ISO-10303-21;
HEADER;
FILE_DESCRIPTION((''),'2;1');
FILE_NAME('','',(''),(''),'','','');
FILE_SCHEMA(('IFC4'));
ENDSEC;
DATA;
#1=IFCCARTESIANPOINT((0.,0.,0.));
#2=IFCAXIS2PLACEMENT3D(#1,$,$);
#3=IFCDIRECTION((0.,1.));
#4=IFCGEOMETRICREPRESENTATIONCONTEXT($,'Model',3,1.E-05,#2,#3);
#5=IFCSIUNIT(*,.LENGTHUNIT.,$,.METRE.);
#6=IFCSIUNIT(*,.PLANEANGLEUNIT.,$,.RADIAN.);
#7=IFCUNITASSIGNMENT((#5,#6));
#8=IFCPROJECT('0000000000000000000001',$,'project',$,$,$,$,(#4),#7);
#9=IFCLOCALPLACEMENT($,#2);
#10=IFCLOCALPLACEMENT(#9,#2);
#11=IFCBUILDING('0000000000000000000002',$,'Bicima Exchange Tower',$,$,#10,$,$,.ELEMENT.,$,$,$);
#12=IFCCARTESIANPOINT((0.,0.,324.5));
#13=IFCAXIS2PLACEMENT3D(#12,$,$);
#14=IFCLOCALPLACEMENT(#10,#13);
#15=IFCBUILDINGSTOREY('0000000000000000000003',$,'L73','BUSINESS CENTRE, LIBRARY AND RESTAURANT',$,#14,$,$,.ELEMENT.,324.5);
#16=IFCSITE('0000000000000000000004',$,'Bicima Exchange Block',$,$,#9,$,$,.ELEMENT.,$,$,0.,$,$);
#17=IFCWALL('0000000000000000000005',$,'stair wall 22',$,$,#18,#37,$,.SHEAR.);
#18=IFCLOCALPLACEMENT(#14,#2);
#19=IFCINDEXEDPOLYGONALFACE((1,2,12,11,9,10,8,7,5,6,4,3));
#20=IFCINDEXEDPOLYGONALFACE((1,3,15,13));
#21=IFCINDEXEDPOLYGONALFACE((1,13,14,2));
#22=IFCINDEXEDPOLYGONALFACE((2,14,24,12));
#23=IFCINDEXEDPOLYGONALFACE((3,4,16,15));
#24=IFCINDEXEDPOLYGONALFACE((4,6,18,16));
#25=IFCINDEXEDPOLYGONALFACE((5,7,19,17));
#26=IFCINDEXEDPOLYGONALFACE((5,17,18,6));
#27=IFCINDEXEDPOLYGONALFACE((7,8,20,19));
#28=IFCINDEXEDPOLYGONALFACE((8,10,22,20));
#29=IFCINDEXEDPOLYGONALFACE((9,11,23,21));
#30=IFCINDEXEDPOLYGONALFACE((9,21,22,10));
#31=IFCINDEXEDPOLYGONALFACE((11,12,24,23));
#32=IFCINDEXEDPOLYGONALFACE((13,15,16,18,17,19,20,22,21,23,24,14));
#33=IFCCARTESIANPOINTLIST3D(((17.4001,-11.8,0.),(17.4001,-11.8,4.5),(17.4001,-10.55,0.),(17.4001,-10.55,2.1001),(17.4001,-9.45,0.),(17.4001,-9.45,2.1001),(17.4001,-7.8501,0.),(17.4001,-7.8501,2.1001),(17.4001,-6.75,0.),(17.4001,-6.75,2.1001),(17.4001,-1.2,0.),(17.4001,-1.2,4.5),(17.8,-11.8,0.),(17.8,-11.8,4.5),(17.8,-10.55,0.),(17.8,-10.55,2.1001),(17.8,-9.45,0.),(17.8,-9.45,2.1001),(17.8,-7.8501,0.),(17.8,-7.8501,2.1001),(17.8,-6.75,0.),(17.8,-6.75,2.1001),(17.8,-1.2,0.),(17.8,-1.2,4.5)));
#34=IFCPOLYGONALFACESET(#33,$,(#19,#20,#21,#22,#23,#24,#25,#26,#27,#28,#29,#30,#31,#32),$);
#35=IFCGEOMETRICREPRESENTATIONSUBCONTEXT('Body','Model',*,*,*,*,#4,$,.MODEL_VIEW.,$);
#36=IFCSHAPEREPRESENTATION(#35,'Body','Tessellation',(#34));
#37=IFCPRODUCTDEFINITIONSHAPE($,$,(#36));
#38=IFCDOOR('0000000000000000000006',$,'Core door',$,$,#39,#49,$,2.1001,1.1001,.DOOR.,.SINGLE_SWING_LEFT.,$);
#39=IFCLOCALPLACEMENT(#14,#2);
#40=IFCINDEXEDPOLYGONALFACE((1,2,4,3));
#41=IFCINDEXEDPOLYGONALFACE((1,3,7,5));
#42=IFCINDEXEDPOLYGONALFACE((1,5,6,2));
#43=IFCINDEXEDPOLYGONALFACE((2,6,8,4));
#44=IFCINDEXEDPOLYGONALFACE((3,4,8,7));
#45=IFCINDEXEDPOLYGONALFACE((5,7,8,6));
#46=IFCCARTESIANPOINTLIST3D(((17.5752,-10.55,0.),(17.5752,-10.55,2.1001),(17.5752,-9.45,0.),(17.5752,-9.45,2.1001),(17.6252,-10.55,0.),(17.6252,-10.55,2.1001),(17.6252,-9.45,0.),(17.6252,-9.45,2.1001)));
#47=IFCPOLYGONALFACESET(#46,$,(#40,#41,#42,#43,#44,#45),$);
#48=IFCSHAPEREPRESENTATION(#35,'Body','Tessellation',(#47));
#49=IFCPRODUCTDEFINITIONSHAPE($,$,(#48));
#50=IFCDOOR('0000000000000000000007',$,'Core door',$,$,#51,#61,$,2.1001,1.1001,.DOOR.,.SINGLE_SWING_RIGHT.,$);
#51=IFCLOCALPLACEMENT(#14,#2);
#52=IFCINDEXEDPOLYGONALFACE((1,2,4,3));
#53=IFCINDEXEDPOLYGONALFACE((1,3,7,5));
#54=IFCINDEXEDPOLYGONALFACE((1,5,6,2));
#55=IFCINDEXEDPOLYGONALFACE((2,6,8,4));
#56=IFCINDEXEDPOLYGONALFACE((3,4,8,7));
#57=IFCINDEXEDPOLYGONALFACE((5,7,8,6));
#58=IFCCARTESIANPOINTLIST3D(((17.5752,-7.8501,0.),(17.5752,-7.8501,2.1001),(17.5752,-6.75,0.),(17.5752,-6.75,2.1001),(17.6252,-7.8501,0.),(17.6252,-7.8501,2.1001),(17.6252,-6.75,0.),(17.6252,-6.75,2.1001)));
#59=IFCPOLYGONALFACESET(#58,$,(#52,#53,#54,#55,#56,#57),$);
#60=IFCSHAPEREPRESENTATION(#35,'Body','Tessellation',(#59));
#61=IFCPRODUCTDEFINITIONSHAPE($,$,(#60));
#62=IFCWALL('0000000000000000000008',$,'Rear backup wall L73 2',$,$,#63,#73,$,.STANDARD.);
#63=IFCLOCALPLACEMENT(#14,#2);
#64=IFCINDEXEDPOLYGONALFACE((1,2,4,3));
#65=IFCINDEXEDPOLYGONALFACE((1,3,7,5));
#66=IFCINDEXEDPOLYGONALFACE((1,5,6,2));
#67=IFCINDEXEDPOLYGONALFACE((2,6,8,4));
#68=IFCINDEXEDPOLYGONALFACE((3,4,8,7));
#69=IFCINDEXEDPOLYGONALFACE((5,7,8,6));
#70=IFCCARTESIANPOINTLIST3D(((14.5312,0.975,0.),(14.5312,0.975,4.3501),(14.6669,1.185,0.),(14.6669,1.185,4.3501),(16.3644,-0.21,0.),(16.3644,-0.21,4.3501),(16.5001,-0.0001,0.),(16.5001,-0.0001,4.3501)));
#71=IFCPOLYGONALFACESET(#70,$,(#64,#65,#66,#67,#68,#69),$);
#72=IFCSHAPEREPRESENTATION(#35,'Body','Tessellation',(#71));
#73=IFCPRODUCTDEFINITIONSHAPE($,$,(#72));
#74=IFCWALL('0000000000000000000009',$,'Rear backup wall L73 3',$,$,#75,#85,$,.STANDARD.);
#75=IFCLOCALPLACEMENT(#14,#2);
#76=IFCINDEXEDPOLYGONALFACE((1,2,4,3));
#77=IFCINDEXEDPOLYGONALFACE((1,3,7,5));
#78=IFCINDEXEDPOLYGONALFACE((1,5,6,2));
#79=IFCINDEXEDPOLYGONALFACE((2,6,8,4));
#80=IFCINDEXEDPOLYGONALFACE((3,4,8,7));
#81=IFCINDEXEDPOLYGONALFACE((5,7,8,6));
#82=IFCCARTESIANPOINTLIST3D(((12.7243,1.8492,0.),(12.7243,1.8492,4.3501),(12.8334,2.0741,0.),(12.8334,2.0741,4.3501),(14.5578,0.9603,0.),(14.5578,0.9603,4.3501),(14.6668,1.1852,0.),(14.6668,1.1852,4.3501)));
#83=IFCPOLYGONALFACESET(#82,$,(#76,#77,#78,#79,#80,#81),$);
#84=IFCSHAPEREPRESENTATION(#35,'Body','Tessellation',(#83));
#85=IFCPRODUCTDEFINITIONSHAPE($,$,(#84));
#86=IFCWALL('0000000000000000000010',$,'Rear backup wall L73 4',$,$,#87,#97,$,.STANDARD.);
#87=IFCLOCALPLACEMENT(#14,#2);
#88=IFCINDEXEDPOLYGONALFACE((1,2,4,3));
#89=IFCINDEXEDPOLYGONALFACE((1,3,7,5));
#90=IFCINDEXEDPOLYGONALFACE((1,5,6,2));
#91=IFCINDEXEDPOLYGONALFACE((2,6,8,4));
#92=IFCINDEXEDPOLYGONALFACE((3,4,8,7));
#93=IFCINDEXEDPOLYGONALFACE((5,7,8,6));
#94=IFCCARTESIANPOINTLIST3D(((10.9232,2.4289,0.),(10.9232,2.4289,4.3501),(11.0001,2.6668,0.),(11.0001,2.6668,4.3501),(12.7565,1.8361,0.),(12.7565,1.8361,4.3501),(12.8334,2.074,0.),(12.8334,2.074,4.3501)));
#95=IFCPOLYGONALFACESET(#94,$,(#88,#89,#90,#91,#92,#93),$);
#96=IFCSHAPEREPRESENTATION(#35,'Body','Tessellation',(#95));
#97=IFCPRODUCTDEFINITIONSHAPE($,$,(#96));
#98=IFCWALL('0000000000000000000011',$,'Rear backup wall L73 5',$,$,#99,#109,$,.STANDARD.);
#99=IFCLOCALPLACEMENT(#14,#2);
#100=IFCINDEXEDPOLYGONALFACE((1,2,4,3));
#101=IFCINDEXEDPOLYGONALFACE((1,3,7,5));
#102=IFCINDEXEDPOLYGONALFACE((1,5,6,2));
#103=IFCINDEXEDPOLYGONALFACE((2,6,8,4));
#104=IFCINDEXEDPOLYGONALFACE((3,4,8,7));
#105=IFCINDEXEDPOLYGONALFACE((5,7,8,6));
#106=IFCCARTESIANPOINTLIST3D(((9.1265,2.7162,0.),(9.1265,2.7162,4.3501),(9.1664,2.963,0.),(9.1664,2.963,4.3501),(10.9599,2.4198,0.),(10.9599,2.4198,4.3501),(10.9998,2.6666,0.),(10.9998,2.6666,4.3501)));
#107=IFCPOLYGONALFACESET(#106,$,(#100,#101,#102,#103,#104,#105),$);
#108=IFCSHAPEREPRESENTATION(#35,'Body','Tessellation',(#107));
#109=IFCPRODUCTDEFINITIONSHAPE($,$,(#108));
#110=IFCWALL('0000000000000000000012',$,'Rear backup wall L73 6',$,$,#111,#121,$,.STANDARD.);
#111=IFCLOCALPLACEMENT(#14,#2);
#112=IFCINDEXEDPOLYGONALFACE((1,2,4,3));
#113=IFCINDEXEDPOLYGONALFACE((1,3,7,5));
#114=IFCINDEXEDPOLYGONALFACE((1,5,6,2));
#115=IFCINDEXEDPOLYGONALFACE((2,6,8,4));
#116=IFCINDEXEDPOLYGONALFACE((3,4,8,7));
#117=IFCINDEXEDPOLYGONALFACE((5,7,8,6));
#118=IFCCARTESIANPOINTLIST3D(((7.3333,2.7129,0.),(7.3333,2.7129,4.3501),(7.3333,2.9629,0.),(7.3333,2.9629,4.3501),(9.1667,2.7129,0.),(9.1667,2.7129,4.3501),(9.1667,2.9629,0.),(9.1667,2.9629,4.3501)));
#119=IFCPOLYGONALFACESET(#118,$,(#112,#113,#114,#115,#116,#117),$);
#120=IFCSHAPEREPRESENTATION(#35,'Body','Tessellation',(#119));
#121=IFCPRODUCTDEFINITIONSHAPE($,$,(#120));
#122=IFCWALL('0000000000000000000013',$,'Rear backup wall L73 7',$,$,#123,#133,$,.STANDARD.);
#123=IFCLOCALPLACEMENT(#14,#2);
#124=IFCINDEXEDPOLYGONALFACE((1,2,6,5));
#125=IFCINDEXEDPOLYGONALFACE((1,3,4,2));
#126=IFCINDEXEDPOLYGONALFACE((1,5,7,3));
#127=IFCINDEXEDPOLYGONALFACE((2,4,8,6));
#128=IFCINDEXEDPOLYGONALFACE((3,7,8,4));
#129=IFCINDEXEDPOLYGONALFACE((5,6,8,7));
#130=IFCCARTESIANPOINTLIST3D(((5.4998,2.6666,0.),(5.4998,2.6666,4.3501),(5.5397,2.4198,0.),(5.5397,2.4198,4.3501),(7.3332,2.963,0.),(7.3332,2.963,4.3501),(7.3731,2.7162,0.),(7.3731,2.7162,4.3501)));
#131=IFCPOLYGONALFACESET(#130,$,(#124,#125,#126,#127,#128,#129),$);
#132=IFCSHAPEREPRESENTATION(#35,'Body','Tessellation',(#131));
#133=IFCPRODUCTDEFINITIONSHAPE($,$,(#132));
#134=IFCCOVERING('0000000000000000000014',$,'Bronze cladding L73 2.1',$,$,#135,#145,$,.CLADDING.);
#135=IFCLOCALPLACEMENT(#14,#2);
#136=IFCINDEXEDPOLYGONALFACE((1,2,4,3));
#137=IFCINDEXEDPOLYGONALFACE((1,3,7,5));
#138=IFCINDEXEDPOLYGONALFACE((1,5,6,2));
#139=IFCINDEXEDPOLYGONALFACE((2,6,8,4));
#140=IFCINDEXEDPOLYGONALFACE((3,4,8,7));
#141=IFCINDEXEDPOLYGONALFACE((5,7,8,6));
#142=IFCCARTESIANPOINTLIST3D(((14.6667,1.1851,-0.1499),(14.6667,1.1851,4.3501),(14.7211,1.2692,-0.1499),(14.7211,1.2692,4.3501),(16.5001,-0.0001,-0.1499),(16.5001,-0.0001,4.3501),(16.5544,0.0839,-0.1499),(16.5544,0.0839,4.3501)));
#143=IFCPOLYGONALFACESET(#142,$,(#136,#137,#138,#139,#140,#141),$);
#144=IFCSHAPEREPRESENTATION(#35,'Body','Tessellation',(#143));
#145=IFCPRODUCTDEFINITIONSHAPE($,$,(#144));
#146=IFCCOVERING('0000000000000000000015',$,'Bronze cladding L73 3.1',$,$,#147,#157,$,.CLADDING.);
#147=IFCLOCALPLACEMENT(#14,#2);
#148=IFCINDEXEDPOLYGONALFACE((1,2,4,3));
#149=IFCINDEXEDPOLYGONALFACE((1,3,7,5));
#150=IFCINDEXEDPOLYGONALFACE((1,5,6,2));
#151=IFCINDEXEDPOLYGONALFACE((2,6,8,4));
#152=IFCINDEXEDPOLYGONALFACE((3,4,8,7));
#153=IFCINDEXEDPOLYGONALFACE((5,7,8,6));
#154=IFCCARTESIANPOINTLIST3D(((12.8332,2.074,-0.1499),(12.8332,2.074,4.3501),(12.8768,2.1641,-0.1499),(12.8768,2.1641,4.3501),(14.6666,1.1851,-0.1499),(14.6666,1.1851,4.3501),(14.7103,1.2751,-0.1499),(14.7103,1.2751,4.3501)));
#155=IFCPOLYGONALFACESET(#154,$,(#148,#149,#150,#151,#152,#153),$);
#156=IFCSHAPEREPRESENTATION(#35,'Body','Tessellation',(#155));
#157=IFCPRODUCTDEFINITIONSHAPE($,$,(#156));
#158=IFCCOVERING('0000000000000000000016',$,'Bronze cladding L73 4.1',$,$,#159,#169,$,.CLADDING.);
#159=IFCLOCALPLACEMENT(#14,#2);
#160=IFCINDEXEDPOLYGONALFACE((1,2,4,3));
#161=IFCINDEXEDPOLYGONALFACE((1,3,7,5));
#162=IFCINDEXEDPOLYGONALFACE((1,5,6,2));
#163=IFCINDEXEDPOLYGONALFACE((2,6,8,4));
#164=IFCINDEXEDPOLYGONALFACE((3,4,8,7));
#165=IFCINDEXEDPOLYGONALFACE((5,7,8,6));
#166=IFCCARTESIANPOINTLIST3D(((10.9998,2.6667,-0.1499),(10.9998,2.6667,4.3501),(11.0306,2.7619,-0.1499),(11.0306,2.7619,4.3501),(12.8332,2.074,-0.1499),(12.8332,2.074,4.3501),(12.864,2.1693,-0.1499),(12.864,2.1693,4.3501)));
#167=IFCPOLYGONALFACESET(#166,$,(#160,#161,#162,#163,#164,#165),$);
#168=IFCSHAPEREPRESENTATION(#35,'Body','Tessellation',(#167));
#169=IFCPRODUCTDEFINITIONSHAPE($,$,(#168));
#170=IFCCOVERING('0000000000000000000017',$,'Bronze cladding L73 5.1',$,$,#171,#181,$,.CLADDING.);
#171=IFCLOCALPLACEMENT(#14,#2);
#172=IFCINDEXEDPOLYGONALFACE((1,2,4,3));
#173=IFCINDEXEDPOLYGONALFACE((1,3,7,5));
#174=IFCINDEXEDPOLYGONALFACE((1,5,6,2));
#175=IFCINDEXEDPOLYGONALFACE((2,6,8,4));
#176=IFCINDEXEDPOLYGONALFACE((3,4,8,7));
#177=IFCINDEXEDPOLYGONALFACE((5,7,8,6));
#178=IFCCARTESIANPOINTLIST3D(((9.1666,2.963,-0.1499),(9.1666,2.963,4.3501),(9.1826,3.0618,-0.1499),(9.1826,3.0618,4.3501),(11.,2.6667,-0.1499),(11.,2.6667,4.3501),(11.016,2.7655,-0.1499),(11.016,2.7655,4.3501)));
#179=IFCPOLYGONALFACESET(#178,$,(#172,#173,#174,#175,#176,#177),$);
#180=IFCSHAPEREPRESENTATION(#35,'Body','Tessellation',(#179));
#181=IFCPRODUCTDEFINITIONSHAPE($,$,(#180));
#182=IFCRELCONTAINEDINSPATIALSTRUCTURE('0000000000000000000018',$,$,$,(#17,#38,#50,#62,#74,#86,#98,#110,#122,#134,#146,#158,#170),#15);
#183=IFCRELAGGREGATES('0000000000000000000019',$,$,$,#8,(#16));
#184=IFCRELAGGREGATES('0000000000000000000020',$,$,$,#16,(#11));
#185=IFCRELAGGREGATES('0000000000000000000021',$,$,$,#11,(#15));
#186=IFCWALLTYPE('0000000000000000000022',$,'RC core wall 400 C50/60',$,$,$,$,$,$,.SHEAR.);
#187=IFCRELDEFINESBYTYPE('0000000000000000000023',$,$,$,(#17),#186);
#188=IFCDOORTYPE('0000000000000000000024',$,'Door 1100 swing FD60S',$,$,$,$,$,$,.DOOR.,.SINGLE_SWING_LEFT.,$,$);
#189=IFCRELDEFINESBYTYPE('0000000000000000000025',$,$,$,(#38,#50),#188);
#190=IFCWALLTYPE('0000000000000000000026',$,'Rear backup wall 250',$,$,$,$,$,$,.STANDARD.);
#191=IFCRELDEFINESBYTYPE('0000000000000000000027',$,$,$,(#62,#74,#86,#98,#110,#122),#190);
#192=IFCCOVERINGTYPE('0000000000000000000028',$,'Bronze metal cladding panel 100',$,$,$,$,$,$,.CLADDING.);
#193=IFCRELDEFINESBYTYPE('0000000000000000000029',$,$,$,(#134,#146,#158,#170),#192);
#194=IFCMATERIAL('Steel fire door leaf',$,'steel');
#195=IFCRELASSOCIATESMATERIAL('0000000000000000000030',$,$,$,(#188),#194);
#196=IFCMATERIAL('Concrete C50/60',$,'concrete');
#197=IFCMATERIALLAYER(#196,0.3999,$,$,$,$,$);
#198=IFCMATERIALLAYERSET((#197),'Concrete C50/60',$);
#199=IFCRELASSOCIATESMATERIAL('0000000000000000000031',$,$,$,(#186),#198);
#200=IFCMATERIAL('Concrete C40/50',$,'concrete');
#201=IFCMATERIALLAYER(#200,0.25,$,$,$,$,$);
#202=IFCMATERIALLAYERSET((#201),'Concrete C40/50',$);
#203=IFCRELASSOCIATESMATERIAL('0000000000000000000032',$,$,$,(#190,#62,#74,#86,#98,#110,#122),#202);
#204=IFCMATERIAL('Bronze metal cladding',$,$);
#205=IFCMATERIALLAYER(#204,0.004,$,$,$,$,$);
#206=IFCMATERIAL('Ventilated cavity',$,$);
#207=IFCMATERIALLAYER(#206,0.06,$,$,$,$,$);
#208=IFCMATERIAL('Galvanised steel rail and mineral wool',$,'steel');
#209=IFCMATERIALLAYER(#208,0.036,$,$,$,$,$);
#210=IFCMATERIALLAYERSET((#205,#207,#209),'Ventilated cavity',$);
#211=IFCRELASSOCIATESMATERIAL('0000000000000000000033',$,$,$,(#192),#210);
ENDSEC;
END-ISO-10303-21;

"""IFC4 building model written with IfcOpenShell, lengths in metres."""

from ifc_helpers import new_model, si_unit, direction, frame, frame_2d, origin, origin_2d, place, context, subcontext, project, spatial, rectangle, extrude, material, layer, layer_set, layer_usage, type_object, element, fill, save


model = new_model("IFC4")

# Units and contexts
model_context = context("Model", 3, precision=1e-05, world=origin(), true_north=direction((0.0, 1.0)))
body_context = subcontext(model_context, "Body", "Model", "MODEL_VIEW")
ifc_project = project(units=[si_unit("LENGTHUNIT", "METRE"), si_unit("PLANEANGLEUNIT", "RADIAN")], contexts=[model_context])

# Site, building, storey
site_placement = place(None, origin())
site = spatial("IfcSite", under=ifc_project, at=site_placement, Name="Bicima Exchange Block", CompositionType="ELEMENT", RefElevation=0.0)
building_placement = place(site_placement, origin())
building = spatial("IfcBuilding", under=site, at=building_placement, Name="Bicima Exchange Tower", CompositionType="ELEMENT")
storey_placement = place(building_placement, frame((0.0, 0.0, 324.5)))
storey = spatial("IfcBuildingStorey", under=building, at=storey_placement, Name="L73", Description="BUSINESS CENTRE, LIBRARY AND RESTAURANT", CompositionType="ELEMENT", Elevation=324.5)

# Shared definitions
ifc_material_1 = material(Name="Concrete C40/50", Category="concrete")
ifc_material_2 = material(Name="Steel fire door leaf", Category="steel")
door_type = type_object("IfcDoorType", Name="Door 1100 swing FD60S", OperationType="SINGLE_SWING_LEFT", PredefinedType="DOOR", material=ifc_material_2)

# Wall, openings, doors
ifc_material_3 = material(Name="Concrete C50/60", Category="concrete")
ifc_layer_1 = layer(ifc_material_3, 0.3999)
ifc_layer_set_1 = layer_set([ifc_layer_1], Name="Concrete C50/60")
wall_type_1 = type_object("IfcWallType", Name="RC core wall 400 C50/60", PredefinedType="SHEAR", material=ifc_layer_set_1)
wall_1_placement = place(storey_placement, frame((17.6001, -11.8, 0.0), z_axis=(0.0, 0.0, 1.0), x_axis=(0.0, 1.0, 0.0)))
wall_1 = element("IfcWall", 1, at=wall_1_placement, inside=storey, type_object=wall_type_1, Name="stair wall 22", PredefinedType="SHEAR", context=body_context, shape_type="SweptSolid", body=[
    extrude(rectangle(XDim=10.6001, YDim=0.3999, at=frame_2d((5.3, 0.0))), origin(), (0.0, 0.0, 1.0), 4.5),
])
opening_1_placement = place(wall_1_placement, frame((1.25, 0.0, 0.0)))
opening_1 = element("IfcOpeningElement", 2, at=opening_1_placement, cuts=wall_1, PredefinedType="OPENING", context=body_context, shape_type="SweptSolid", body=[
    extrude(rectangle(XDim=1.1001, YDim=2.1001, at=frame_2d((0.55, 1.05))), frame((0.0, 0.2119, 0.0), z_axis=(0.0, -1.0, 0.0), x_axis=(1.0, 0.0, 0.0)), (0.0, 0.0, 1.0), 0.4238),
])
opening_2_placement = place(wall_1_placement, frame((3.95, 0.0, 0.0)))
opening_2 = element("IfcOpeningElement", 3, at=opening_2_placement, cuts=wall_1, PredefinedType="OPENING", context=body_context, shape_type="SweptSolid", body=[
    extrude(rectangle(XDim=1.1001, YDim=2.1001, at=frame_2d((0.55, 1.05))), frame((0.0, 0.2119, 0.0), z_axis=(0.0, -1.0, 0.0), x_axis=(1.0, 0.0, 0.0)), (0.0, 0.0, 1.0), 0.4238),
])
door_1_placement = place(opening_1_placement, origin())
door_1 = element("IfcDoor", 4, at=door_1_placement, inside=storey, type_object=door_type, Name="Core door", OperationType="SINGLE_SWING_LEFT", OverallHeight=2.1001, OverallWidth=1.1001, PredefinedType="DOOR", context=body_context, shape_type="SweptSolid", body=[
    extrude(rectangle(XDim=1.1001, YDim=2.1001, at=frame_2d((0.55, 1.05))), frame((0.0, 0.0249, 0.0), z_axis=(0.0, -1.0, 0.0), x_axis=(1.0, 0.0, 0.0)), (0.0, 0.0, 1.0), 0.05),
])
fill(opening_1, door_1)
door_2_placement = place(opening_2_placement, origin())
door_2 = element("IfcDoor", 5, at=door_2_placement, inside=storey, type_object=door_type, Name="Core door", OperationType="SINGLE_SWING_RIGHT", OverallHeight=2.1001, OverallWidth=1.1001, PredefinedType="DOOR", context=body_context, shape_type="SweptSolid", body=[
    extrude(rectangle(XDim=1.1001, YDim=2.1001, at=frame_2d((0.55, 1.05))), frame((0.0, 0.0249, 0.0), z_axis=(0.0, -1.0, 0.0), x_axis=(1.0, 0.0, 0.0)), (0.0, 0.0, 1.0), 0.05),
])
fill(opening_2, door_2)

# Walls
ifc_layer_2 = layer(ifc_material_1, 0.25)
ifc_layer_set_2 = layer_set([ifc_layer_2], Name="Concrete C40/50")
ifc_layer_usage = layer_usage(ifc_layer_set_2, "AXIS2", "POSITIVE", -0.125)
wall_type_2 = type_object("IfcWallType", Name="Rear backup wall 250", PredefinedType="STANDARD", material=ifc_layer_set_2)
wall_2_placement = place(storey_placement, frame((16.4321, -0.105, 0.0), z_axis=(0.0, 0.0, 1.0), x_axis=(-0.839813, 0.542876, 0.0)))
element("IfcWall", 6, at=wall_2_placement, inside=storey, type_object=wall_type_2, material=ifc_layer_usage, Name="Rear backup wall L73 2", PredefinedType="STANDARD", context=body_context, shape_type="SweptSolid", body=[
    extrude(rectangle(XDim=2.1829, YDim=0.25, at=frame_2d((1.0913, 0.0))), origin(), (0.0, 0.0, 1.0), 4.3501),
])
wall_3_placement = place(storey_placement, frame((14.6123, 1.0728, 0.0), z_axis=(0.0, 0.0, 1.0), x_axis=(-0.899824, 0.436253, 0.0)))
element("IfcWall", 7, at=wall_3_placement, inside=storey, type_object=wall_type_2, material=ifc_layer_usage, Name="Rear backup wall L73 3", PredefinedType="STANDARD", context=body_context, shape_type="SweptSolid", body=[
    extrude(rectangle(XDim=2.0376, YDim=0.25, at=frame_2d((1.0188, 0.0))), origin(), (0.0, 0.0, 1.0), 4.3501),
])
wall_4_placement = place(storey_placement, frame((12.7949, 1.9551, 0.0), z_axis=(0.0, 0.0, 1.0), x_axis=(-0.951496, 0.307662, 0.0)))
element("IfcWall", 8, at=wall_4_placement, inside=storey, type_object=wall_type_2, material=ifc_layer_usage, Name="Rear backup wall L73 4", PredefinedType="STANDARD", context=body_context, shape_type="SweptSolid", body=[
    extrude(rectangle(XDim=1.9268, YDim=0.25, at=frame_2d((0.9634, 0.0))), origin(), (0.0, 0.0, 1.0), 4.3501),
])
wall_5_placement = place(storey_placement, frame((10.98, 2.5432, 0.0), z_axis=(0.0, 0.0, 1.0), x_axis=(-0.987182, 0.1596, 0.0)))
element("IfcWall", 9, at=wall_5_placement, inside=storey, type_object=wall_type_2, material=ifc_layer_usage, Name="Rear backup wall L73 5", PredefinedType="STANDARD", context=body_context, shape_type="SweptSolid", body=[
    extrude(rectangle(XDim=1.8572, YDim=0.25, at=frame_2d((0.9287, 0.0))), origin(), (0.0, 0.0, 1.0), 4.3501),
])
wall_6_placement = place(storey_placement, frame((9.1667, 2.8379, 0.0), z_axis=(0.0, 0.0, 1.0), x_axis=(-1.0, 0.0, 0.0)))
element("IfcWall", 10, at=wall_6_placement, inside=storey, type_object=wall_type_2, material=ifc_layer_usage, Name="Rear backup wall L73 6", PredefinedType="STANDARD", context=body_context, shape_type="SweptSolid", body=[
    extrude(rectangle(XDim=1.8335, YDim=0.25, at=frame_2d((0.9167, 0.0))), origin(), (0.0, 0.0, 1.0), 4.3501),
])
wall_7_placement = place(storey_placement, frame((7.3533, 2.8396, 0.0), z_axis=(0.0, 0.0, 1.0), x_axis=(-0.987182, -0.1596, 0.0)))
element("IfcWall", 11, at=wall_7_placement, inside=storey, type_object=wall_type_2, material=ifc_layer_usage, Name="Rear backup wall L73 7", PredefinedType="STANDARD", context=body_context, shape_type="SweptSolid", body=[
    extrude(rectangle(XDim=1.8572, YDim=0.25, at=frame_2d((0.9287, 0.0))), origin(), (0.0, 0.0, 1.0), 4.3501),
])

# Coverings
ifc_material_4 = material(Name="Bronze metal cladding")
ifc_layer_3 = layer(ifc_material_4, 0.004)
ifc_material_5 = material(Name="Ventilated cavity")
ifc_layer_4 = layer(ifc_material_5, 0.06)
ifc_material_6 = material(Name="Galvanised steel rail and mineral wool", Category="steel")
ifc_layer_5 = layer(ifc_material_6, 0.036)
ifc_layer_set_3 = layer_set([ifc_layer_3, ifc_layer_4, ifc_layer_5], Name="Ventilated cavity")
covering_type = type_object("IfcCoveringType", Name="Bronze metal cladding panel 100", PredefinedType="CLADDING", material=ifc_layer_set_3)
covering_1_placement = place(storey_placement, frame((15.6106, 0.6345, -0.1499), z_axis=(0.0, 0.0, 1.0), x_axis=(-0.83979, 0.542911, 0.0)))
element("IfcCovering", 12, at=covering_1_placement, inside=storey, type_object=covering_type, Name="Bronze cladding L73 2.1", PredefinedType="CLADDING", context=body_context, shape_type="SweptSolid", body=[
    extrude(rectangle(XDim=2.1831, YDim=0.1001, at=origin_2d()), origin(), (0.0, 0.0, 1.0), 4.5),
])
covering_2_placement = place(storey_placement, frame((13.7717, 1.6746, -0.1499), z_axis=(0.0, 0.0, 1.0), x_axis=(-0.899818, 0.436265, 0.0)))
element("IfcCovering", 13, at=covering_2_placement, inside=storey, type_object=covering_type, Name="Bronze cladding L73 3.1", PredefinedType="CLADDING", context=body_context, shape_type="SweptSolid", body=[
    extrude(rectangle(XDim=2.0376, YDim=0.1001, at=origin_2d()), origin(), (0.0, 0.0, 1.0), 4.5),
])
covering_3_placement = place(storey_placement, frame((11.9319, 2.418, -0.1499), z_axis=(0.0, 0.0, 1.0), x_axis=(-0.951525, 0.307573, 0.0)))
element("IfcCovering", 14, at=covering_3_placement, inside=storey, type_object=covering_type, Name="Bronze cladding L73 4.1", PredefinedType="CLADDING", context=body_context, shape_type="SweptSolid", body=[
    extrude(rectangle(XDim=1.9268, YDim=0.1001, at=origin_2d()), origin(), (0.0, 0.0, 1.0), 4.5),
])
covering_4_placement = place(storey_placement, frame((10.0913, 2.8643, -0.1499), z_axis=(0.0, 0.0, 1.0), x_axis=(-0.98719, 0.15955, 0.0)))
element("IfcCovering", 15, at=covering_4_placement, inside=storey, type_object=covering_type, Name="Bronze cladding L73 5.1", PredefinedType="CLADDING", context=body_context, shape_type="SweptSolid", body=[
    extrude(rectangle(XDim=1.8572, YDim=0.1001, at=origin_2d()), origin(), (0.0, 0.0, 1.0), 4.5),
])

save(model, "model.ifc")
